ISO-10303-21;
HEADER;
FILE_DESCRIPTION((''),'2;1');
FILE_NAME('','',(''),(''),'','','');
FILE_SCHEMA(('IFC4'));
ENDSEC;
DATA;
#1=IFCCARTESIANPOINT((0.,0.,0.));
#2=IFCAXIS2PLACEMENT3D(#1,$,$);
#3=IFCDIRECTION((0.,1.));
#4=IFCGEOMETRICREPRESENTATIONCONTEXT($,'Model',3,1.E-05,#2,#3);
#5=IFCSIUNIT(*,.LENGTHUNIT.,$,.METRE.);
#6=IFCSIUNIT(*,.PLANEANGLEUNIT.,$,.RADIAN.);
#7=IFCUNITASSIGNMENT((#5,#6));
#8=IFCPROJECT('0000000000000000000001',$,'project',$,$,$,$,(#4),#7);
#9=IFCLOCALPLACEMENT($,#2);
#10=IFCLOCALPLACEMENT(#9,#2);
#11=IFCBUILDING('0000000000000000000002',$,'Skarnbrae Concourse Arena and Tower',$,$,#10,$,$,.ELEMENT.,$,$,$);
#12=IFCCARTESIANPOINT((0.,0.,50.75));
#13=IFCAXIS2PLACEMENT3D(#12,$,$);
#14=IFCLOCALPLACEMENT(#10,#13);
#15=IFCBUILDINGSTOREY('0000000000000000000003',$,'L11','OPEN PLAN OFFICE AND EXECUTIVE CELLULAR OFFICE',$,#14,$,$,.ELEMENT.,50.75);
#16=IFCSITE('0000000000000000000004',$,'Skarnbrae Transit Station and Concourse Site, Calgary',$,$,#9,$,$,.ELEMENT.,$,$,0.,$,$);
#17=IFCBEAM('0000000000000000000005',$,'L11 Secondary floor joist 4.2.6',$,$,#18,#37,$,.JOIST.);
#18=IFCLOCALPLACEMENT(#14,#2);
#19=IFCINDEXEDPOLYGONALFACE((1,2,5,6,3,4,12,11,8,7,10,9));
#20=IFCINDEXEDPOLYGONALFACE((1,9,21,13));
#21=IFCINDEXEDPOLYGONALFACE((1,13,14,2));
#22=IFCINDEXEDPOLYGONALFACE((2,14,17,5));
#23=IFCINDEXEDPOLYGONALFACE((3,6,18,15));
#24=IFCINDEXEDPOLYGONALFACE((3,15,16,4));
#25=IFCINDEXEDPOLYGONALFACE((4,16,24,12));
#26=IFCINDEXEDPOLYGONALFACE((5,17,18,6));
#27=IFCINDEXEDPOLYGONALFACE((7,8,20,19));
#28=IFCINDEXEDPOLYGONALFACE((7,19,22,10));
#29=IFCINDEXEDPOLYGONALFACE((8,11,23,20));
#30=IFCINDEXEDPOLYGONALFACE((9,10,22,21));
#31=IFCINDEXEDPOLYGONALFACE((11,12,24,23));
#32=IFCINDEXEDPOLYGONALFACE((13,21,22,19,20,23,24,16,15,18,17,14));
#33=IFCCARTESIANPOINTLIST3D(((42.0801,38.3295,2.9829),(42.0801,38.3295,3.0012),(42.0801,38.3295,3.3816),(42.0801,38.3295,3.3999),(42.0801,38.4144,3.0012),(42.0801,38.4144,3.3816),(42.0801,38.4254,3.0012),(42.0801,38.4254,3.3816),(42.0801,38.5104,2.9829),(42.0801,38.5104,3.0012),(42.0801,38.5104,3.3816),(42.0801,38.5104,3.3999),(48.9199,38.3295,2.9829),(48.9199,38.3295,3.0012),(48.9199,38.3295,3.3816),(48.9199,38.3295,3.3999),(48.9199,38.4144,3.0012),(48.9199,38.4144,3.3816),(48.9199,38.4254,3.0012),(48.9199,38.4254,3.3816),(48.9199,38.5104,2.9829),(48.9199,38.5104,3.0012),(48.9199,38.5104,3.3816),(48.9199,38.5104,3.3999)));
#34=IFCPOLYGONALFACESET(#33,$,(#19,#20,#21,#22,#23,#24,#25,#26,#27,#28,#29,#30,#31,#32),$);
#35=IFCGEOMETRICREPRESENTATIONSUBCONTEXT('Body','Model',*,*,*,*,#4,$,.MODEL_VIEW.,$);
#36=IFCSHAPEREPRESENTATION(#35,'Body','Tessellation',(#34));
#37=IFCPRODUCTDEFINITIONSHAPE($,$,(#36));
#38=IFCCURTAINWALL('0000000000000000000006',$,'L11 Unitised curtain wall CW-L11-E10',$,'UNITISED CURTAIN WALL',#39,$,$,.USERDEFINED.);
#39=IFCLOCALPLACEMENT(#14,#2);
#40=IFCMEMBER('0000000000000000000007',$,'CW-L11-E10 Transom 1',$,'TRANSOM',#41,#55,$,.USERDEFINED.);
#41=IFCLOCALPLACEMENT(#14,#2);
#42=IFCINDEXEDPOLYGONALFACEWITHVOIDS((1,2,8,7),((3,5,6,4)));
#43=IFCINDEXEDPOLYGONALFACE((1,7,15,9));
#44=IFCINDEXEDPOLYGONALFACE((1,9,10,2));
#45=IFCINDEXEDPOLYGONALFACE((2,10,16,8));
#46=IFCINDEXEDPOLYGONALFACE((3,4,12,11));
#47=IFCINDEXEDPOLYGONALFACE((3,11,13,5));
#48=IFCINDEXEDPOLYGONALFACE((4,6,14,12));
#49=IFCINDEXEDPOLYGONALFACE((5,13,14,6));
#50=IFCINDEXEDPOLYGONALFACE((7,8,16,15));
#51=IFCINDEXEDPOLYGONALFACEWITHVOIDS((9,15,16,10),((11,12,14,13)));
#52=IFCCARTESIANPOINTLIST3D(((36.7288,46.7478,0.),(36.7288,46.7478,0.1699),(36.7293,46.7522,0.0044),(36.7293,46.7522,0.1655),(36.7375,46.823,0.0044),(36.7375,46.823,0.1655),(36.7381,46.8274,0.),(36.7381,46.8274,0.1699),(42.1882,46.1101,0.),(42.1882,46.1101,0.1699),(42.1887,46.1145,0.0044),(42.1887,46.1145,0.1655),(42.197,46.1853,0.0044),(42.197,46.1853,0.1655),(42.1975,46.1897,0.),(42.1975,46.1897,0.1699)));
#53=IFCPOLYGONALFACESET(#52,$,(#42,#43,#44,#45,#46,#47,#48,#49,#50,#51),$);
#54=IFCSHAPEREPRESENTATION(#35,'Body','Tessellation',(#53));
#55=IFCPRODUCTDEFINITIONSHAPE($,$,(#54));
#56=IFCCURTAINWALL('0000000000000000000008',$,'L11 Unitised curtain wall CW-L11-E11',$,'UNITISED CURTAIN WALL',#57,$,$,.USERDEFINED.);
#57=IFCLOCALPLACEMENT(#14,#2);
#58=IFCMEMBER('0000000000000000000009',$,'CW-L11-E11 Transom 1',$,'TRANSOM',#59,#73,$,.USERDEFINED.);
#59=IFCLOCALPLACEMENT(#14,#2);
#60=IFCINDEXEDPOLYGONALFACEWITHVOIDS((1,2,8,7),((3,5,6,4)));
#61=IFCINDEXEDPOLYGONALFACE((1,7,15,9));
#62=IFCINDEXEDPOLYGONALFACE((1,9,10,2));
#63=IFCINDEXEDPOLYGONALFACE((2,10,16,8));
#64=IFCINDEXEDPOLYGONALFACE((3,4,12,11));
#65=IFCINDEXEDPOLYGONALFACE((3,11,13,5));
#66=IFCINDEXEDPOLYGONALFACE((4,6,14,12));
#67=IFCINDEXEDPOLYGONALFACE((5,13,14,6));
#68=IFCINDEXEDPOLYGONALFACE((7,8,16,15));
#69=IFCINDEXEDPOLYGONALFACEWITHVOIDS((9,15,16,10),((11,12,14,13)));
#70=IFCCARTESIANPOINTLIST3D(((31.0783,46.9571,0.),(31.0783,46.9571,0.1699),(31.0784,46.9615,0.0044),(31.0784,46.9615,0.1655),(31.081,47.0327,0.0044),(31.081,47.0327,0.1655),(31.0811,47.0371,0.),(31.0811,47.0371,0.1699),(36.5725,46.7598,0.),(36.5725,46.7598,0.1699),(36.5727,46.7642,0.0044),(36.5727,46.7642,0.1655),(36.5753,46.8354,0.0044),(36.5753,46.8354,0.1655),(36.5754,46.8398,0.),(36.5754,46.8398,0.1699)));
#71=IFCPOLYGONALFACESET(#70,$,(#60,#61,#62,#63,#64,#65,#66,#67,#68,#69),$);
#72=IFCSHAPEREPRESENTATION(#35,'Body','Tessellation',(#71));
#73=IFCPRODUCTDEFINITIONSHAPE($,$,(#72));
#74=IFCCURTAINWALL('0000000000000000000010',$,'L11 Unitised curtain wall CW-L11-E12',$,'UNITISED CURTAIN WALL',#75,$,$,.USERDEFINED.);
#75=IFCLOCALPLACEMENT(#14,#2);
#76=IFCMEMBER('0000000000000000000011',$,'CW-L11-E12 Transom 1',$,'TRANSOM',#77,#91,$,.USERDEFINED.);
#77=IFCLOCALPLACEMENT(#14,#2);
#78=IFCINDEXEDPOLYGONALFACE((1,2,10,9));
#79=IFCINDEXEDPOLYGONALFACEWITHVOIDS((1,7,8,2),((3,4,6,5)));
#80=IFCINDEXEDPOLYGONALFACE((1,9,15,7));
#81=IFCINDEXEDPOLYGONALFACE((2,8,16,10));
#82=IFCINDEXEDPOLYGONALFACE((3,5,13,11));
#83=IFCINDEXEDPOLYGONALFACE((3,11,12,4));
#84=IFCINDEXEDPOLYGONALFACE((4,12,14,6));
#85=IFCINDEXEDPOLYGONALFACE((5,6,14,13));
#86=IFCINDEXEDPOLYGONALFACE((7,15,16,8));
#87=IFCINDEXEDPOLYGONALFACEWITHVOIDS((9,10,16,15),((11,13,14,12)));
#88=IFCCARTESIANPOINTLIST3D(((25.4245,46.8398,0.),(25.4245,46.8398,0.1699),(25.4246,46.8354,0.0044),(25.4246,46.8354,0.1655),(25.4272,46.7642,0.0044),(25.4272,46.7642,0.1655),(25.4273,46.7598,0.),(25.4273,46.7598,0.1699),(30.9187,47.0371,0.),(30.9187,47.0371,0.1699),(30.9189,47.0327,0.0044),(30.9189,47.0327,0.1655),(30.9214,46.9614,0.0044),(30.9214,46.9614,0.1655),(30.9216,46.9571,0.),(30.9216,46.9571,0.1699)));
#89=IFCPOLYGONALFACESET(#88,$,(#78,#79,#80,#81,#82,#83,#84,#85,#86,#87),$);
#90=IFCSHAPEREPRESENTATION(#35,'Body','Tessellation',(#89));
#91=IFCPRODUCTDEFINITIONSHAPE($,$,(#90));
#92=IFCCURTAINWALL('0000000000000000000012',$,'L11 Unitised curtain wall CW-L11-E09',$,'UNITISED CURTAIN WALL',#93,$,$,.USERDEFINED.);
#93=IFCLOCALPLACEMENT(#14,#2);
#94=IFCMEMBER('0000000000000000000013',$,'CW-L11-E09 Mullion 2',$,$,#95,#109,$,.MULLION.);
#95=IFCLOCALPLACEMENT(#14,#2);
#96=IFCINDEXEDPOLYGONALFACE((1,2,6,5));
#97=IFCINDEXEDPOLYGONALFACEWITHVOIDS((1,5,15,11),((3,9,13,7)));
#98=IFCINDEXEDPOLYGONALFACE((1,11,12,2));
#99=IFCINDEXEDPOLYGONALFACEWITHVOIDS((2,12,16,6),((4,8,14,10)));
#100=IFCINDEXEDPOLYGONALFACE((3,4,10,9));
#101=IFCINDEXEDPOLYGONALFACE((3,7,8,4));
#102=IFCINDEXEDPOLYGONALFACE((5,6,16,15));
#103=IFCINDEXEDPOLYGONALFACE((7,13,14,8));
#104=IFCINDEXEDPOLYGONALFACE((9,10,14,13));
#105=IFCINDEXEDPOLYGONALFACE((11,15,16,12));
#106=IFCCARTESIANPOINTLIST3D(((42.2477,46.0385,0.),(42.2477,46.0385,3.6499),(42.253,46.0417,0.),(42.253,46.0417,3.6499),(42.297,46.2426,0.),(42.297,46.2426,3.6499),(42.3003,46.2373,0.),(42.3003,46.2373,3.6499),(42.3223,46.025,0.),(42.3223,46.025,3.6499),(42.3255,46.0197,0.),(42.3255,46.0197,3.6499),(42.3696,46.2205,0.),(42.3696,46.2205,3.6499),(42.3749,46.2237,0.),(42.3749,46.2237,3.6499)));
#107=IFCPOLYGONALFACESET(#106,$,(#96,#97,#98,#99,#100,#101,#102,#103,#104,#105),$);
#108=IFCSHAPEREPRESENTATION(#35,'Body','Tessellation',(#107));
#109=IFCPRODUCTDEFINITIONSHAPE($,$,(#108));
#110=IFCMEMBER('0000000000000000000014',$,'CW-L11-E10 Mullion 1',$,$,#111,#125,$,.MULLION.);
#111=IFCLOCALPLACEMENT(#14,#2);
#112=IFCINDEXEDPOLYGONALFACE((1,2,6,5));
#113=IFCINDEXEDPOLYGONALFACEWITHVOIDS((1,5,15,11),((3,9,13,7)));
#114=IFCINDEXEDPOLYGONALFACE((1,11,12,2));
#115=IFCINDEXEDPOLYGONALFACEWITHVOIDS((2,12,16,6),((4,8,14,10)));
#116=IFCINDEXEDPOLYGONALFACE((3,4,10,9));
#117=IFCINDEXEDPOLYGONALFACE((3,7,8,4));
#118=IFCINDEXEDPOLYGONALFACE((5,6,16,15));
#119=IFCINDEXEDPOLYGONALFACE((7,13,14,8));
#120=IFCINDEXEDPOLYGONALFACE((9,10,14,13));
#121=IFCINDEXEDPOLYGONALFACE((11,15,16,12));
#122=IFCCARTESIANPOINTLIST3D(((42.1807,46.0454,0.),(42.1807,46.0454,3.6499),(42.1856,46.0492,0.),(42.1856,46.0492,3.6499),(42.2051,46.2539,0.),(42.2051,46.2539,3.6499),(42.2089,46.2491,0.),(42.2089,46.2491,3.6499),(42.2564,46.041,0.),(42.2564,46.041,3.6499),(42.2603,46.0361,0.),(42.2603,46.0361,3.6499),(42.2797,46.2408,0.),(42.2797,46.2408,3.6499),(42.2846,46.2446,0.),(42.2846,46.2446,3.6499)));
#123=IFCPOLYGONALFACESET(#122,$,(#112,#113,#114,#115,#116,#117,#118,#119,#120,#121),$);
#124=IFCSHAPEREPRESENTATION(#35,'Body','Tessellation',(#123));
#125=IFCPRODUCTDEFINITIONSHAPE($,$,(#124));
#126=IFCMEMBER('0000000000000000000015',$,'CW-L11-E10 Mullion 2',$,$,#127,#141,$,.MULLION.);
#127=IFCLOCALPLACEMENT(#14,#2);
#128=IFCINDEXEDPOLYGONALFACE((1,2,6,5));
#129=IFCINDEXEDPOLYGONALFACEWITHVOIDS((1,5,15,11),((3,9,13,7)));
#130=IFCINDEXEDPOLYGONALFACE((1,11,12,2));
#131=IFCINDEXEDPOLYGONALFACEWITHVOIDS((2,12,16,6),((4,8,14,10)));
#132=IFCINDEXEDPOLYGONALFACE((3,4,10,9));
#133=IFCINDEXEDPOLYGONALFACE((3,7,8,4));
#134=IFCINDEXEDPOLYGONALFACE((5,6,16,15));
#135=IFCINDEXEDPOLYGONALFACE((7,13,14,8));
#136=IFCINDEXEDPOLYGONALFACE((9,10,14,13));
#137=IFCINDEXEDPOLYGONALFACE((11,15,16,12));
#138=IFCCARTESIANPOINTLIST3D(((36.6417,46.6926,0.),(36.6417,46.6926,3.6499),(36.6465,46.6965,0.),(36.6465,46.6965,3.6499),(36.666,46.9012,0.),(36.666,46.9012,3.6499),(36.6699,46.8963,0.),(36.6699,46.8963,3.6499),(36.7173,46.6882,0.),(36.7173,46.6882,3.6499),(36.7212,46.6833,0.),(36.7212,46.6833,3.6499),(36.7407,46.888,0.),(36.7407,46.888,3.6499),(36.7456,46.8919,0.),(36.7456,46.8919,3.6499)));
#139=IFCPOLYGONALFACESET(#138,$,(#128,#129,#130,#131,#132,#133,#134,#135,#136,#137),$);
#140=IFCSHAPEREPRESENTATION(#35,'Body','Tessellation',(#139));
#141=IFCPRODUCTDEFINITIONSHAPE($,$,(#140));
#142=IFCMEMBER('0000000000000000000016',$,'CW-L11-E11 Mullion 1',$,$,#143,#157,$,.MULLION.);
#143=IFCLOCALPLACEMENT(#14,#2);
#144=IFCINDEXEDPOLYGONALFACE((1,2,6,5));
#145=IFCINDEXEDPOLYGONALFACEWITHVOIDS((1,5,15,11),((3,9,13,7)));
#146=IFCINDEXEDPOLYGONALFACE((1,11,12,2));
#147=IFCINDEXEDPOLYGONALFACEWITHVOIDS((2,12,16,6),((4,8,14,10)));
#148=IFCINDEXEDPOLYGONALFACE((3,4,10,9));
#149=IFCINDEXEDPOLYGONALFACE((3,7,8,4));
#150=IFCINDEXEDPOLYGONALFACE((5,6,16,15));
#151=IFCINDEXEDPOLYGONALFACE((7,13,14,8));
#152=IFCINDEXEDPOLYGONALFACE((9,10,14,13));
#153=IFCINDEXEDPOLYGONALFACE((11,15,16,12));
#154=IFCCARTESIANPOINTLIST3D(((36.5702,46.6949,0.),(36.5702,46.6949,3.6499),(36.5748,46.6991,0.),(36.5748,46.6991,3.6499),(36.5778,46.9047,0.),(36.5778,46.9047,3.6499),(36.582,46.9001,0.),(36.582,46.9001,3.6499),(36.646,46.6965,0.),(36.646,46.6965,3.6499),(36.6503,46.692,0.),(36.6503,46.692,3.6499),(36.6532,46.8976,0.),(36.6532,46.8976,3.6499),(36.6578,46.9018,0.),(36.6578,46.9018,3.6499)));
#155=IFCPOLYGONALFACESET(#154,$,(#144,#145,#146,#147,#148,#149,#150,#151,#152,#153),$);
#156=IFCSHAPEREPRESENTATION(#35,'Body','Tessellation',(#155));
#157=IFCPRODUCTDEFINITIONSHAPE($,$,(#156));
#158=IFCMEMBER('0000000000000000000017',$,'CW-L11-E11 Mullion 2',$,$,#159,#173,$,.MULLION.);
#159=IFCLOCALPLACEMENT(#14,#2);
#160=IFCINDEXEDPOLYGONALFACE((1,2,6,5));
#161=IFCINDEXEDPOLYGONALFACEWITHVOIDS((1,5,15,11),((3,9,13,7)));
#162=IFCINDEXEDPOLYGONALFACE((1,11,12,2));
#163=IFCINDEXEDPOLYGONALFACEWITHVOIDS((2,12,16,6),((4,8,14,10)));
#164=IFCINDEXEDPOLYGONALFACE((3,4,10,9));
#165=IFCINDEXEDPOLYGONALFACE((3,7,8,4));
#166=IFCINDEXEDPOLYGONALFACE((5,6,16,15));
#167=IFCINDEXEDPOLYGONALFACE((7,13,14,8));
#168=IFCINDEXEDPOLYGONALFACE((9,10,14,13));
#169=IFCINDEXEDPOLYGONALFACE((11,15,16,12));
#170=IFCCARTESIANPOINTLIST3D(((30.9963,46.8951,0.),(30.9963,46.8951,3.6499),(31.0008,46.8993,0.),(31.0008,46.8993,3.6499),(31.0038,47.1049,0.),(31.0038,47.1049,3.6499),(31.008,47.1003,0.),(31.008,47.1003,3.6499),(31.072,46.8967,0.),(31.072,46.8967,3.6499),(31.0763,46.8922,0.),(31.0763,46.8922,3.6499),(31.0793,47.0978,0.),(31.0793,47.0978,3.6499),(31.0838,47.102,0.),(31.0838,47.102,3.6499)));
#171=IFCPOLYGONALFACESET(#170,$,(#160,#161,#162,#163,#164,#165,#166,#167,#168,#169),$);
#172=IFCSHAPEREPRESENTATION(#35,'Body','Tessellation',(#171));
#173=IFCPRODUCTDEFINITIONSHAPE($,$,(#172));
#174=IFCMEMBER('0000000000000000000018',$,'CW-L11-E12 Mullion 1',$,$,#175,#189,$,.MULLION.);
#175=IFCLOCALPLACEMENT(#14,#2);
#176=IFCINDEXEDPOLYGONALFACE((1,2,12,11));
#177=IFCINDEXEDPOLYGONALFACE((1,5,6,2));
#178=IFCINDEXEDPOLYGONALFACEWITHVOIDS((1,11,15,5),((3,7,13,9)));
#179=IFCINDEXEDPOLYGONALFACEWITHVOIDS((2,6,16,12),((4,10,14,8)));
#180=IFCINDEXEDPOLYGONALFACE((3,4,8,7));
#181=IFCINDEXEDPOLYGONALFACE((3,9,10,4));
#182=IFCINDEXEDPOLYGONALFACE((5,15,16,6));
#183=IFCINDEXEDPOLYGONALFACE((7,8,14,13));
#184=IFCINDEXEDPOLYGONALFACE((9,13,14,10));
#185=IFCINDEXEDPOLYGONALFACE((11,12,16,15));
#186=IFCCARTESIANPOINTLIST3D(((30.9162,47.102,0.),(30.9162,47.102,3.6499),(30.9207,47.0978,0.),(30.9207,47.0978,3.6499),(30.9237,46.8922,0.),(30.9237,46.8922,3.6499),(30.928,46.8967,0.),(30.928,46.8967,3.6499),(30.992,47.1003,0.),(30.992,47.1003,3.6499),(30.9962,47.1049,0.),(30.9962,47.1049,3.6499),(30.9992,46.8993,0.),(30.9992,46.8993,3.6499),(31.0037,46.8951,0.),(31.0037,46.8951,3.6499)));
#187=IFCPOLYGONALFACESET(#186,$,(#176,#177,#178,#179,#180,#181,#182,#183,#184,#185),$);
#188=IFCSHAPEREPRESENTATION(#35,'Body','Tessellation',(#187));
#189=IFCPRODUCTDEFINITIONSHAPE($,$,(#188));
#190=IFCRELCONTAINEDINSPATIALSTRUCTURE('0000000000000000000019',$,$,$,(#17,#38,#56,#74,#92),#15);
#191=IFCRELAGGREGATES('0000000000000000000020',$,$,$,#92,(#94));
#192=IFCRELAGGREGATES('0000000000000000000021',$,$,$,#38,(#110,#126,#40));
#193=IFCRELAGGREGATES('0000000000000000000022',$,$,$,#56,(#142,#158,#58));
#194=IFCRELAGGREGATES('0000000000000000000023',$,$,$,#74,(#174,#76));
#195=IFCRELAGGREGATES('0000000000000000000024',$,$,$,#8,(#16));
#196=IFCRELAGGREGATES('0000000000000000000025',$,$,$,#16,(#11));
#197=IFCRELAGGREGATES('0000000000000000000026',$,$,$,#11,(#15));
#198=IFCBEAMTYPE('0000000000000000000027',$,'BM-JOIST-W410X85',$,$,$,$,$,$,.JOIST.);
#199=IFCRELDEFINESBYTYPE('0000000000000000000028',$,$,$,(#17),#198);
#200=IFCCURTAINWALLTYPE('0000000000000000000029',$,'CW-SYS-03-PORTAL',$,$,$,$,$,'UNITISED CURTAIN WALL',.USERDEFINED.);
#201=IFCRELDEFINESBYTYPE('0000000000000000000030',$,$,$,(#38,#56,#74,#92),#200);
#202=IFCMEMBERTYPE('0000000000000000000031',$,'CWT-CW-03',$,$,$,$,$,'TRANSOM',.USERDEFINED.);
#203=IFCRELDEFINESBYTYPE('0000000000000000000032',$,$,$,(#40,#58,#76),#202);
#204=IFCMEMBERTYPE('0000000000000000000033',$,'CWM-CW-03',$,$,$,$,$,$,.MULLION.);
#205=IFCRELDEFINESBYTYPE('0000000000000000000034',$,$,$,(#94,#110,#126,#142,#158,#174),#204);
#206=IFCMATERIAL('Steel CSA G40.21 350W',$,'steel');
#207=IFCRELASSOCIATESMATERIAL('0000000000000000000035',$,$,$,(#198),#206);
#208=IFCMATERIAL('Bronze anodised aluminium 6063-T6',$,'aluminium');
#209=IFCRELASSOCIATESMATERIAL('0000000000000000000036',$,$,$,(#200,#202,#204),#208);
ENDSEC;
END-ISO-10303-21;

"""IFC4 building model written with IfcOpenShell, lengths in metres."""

from ifc_helpers import new_model, si_unit, direction, frame, origin, origin_2d, place, context, subcontext, project, spatial, hollow_rectangle, i_section, extrude, source, transform, mapped, material, material_profile, profile_set, type_object, element, aggregate, save


model = new_model("IFC4")

# Units and contexts
model_context = context("Model", 3, precision=1e-05, world=origin(), true_north=direction((0.0, 1.0)))
body_context = subcontext(model_context, "Body", "Model", "MODEL_VIEW")
ifc_project = project(units=[si_unit("LENGTHUNIT", "METRE"), si_unit("PLANEANGLEUNIT", "RADIAN")], contexts=[model_context])

# Site, building, storey
site_placement = place(None, origin())
site = spatial("IfcSite", under=ifc_project, at=site_placement, Name="Skarnbrae Transit Station and Concourse Site, Calgary", CompositionType="ELEMENT", RefElevation=0.0)
building_placement = place(site_placement, origin())
building = spatial("IfcBuilding", under=site, at=building_placement, Name="Skarnbrae Concourse Arena and Tower", CompositionType="ELEMENT")
storey_placement = place(building_placement, frame((0.0, 0.0, 50.75)))
storey = spatial("IfcBuildingStorey", under=building, at=storey_placement, Name="L11", Description="OPEN PLAN OFFICE AND EXECUTIVE CELLULAR OFFICE", CompositionType="ELEMENT", Elevation=50.75)

# Shared definitions
ifc_material_1 = material(Name="Steel CSA G40.21 350W", Category="steel")

# Beam
ifc_material_profile_1 = material_profile(ifc_material_1, i_section(OverallWidth=0.1809, OverallDepth=0.417, WebThickness=0.011, FlangeThickness=0.0183, at=origin_2d()), Name="W410X85")
ifc_profile_set_1 = profile_set([ifc_material_profile_1], Name="Steel CSA G40.21 350W")
beam_type_1 = type_object("IfcBeamType", Name="BM-JOIST-W410X85", PredefinedType="JOIST", material=ifc_profile_set_1)
shared_shape_1 = source(origin(), body_context, "Body", "SweptSolid", [
    extrude(i_section(OverallWidth=0.1809, OverallDepth=0.417, WebThickness=0.011, FlangeThickness=0.0183, at=origin_2d()), origin(), (0.0, 0.0, 1.0), 6.8398),
])
for number, where, z_axis, x_axis, name in (
    (1, (42.0801, 38.4199, 3.1914), (1.0, 0.0, 0.0), (0.0, 1.0, 0.0), "L11 Secondary floor joist 4.2.6"),
):
    element("IfcBeam", number, at=place(storey_placement, frame(where, z_axis=z_axis, x_axis=x_axis)), inside=storey, type_object=beam_type_1, Name=name, PredefinedType="JOIST", context=body_context, shape_type="MappedRepresentation", body=[
        mapped(shared_shape_1, transform((0.0, 0.0, 0.0))),
    ])

# Curtain walls, members
ifc_material_2 = material(Name="Bronze anodised aluminium 6063-T6", Category="aluminium")
curtain_wall_type = type_object("IfcCurtainWallType", Name="CW-SYS-03-PORTAL", ElementType="UNITISED CURTAIN WALL", PredefinedType="USERDEFINED", material=ifc_material_2)
curtain_wall_1_placement = place(storey_placement, origin())
curtain_wall_1 = element("IfcCurtainWall", 2, at=curtain_wall_1_placement, inside=storey, type_object=curtain_wall_type, Name="L11 Unitised curtain wall CW-L11-E10", ObjectType="UNITISED CURTAIN WALL", PredefinedType="USERDEFINED")
ifc_material_profile_2 = material_profile(ifc_material_2, hollow_rectangle(XDim=0.0801, YDim=0.1699, WallThickness=0.0044, at=origin_2d()), Name="ALU-TRAN-80X170")
ifc_profile_set_2 = profile_set([ifc_material_profile_2], Name="Bronze anodised aluminium 6063-T6")
member_type_1 = type_object("IfcMemberType", Name="CWT-CW-03", ElementType="TRANSOM", PredefinedType="USERDEFINED", material=ifc_profile_set_2)
shared_shape_2 = source(origin(), body_context, "Body", "SweptSolid", [
    extrude(hollow_rectangle(XDim=0.0801, YDim=0.1699, WallThickness=0.0044, at=origin_2d()), origin(), (0.0, 0.0, 1.0), 5.4966),
])
member_1_placement = place(storey_placement, frame((42.1929, 46.1499, 0.085), z_axis=(-0.993247, 0.116017, 0.0), x_axis=(-0.116017, -0.993247, 0.0)))
member_1 = element("IfcMember", 3, at=member_1_placement, type_object=member_type_1, Name="CW-L11-E10 Transom 1", ObjectType="TRANSOM", PredefinedType="USERDEFINED", context=body_context, shape_type="MappedRepresentation", body=[
    mapped(shared_shape_2, transform((0.0, 0.0, 0.0))),
])
curtain_wall_2_placement = place(storey_placement, origin())
curtain_wall_2 = element("IfcCurtainWall", 4, at=curtain_wall_2_placement, inside=storey, type_object=curtain_wall_type, Name="L11 Unitised curtain wall CW-L11-E11", ObjectType="UNITISED CURTAIN WALL", PredefinedType="USERDEFINED")
shared_shape_3 = source(origin(), body_context, "Body", "SweptSolid", [
    extrude(hollow_rectangle(XDim=0.0801, YDim=0.1699, WallThickness=0.0044, at=origin_2d()), origin(), (0.0, 0.0, 1.0), 5.4978),
])
member_2_placement = place(storey_placement, frame((36.574, 46.7998, 0.085), z_axis=(-0.999356, 0.035882, 0.0), x_axis=(-0.035882, -0.999356, 0.0)))
member_2 = element("IfcMember", 5, at=member_2_placement, type_object=member_type_1, Name="CW-L11-E11 Transom 1", ObjectType="TRANSOM", PredefinedType="USERDEFINED", context=body_context, shape_type="MappedRepresentation", body=[
    mapped(shared_shape_3, transform((0.0, 0.0, 0.0))),
])
curtain_wall_3_placement = place(storey_placement, origin())
curtain_wall_3 = element("IfcCurtainWall", 6, at=curtain_wall_3_placement, inside=storey, type_object=curtain_wall_type, Name="L11 Unitised curtain wall CW-L11-E12", ObjectType="UNITISED CURTAIN WALL", PredefinedType="USERDEFINED")
member_3_placement = place(storey_placement, frame((30.9202, 46.9971, 0.085), z_axis=(-0.999356, -0.035882, 0.0), x_axis=(0.035882, -0.999356, 0.0)))
member_3 = element("IfcMember", 7, at=member_3_placement, type_object=member_type_1, Name="CW-L11-E12 Transom 1", ObjectType="TRANSOM", PredefinedType="USERDEFINED", context=body_context, shape_type="MappedRepresentation", body=[
    mapped(shared_shape_3, transform((0.0, 0.0, 0.0))),
])
curtain_wall_4_placement = place(storey_placement, origin())
curtain_wall_4 = element("IfcCurtainWall", 8, at=curtain_wall_4_placement, inside=storey, type_object=curtain_wall_type, Name="L11 Unitised curtain wall CW-L11-E09", ObjectType="UNITISED CURTAIN WALL", PredefinedType="USERDEFINED")
ifc_material_profile_3 = material_profile(ifc_material_2, hollow_rectangle(XDim=0.0801, YDim=0.21, WallThickness=0.0044, at=origin_2d()), Name="ALU-MULL-80X210")
ifc_profile_set_3 = profile_set([ifc_material_profile_3], Name="Bronze anodised aluminium 6063-T6")
member_type_2 = type_object("IfcMemberType", Name="CWM-CW-03", PredefinedType="MULLION", material=ifc_profile_set_3)
shared_shape_4 = source(origin(), body_context, "Body", "SweptSolid", [
    extrude(hollow_rectangle(XDim=0.0801, YDim=0.21, WallThickness=0.0044, at=origin_2d()), origin(), (0.0, 0.0, 1.0), 3.6499),
])
member_4_placement = place(storey_placement, frame((42.3113, 46.1311, 0.0), z_axis=(0.0, 0.0, 1.0), x_axis=(-0.971974, 0.23509, 0.0)))
member_4 = element("IfcMember", 9, at=member_4_placement, type_object=member_type_2, Name="CW-L11-E09 Mullion 2", PredefinedType="MULLION", context=body_context, shape_type="MappedRepresentation", body=[
    mapped(shared_shape_4, transform((0.0, 0.0, 0.0))),
])

# Members
member_5_placement = place(storey_placement, frame((42.2327, 46.145, 0.0), z_axis=(0.0, 0.0, 1.0), x_axis=(-0.993245, 0.11604, 0.0)))
member_5 = element("IfcMember", 10, at=member_5_placement, type_object=member_type_2, Name="CW-L11-E10 Mullion 1", PredefinedType="MULLION", context=body_context, shape_type="MappedRepresentation", body=[
    mapped(shared_shape_4, transform((0.0, 0.0, 0.0))),
])
member_6_placement = place(storey_placement, frame((36.6936, 46.7922, 0.0), z_axis=(0.0, 0.0, 1.0), x_axis=(-0.993245, 0.11604, 0.0)))
member_6 = element("IfcMember", 11, at=member_6_placement, type_object=member_type_2, Name="CW-L11-E10 Mullion 2", PredefinedType="MULLION", context=body_context, shape_type="MappedRepresentation", body=[
    mapped(shared_shape_4, transform((0.0, 0.0, 0.0))),
])
member_7_placement = place(storey_placement, frame((36.614, 46.7983, 0.0), z_axis=(0.0, 0.0, 1.0), x_axis=(-0.999355, 0.035899, 0.0)))
member_7 = element("IfcMember", 12, at=member_7_placement, type_object=member_type_2, Name="CW-L11-E11 Mullion 1", PredefinedType="MULLION", context=body_context, shape_type="MappedRepresentation", body=[
    mapped(shared_shape_4, transform((0.0, 0.0, 0.0))),
])
member_8_placement = place(storey_placement, frame((31.04, 46.9985, 0.0), z_axis=(0.0, 0.0, 1.0), x_axis=(-0.999355, 0.035899, 0.0)))
member_8 = element("IfcMember", 13, at=member_8_placement, type_object=member_type_2, Name="CW-L11-E11 Mullion 2", PredefinedType="MULLION", context=body_context, shape_type="MappedRepresentation", body=[
    mapped(shared_shape_4, transform((0.0, 0.0, 0.0))),
])
member_9_placement = place(storey_placement, frame((30.96, 46.9985, 0.0), z_axis=(0.0, 0.0, 1.0), x_axis=(-0.999355, -0.035899, 0.0)))
member_9 = element("IfcMember", 14, at=member_9_placement, type_object=member_type_2, Name="CW-L11-E12 Mullion 1", PredefinedType="MULLION", context=body_context, shape_type="MappedRepresentation", body=[
    mapped(shared_shape_4, transform((0.0, 0.0, 0.0))),
])

aggregate(curtain_wall_4, [member_4])
aggregate(curtain_wall_1, [member_5, member_6, member_1])
aggregate(curtain_wall_2, [member_7, member_8, member_2])
aggregate(curtain_wall_3, [member_9, member_3])

save(model, "model.ifc")
